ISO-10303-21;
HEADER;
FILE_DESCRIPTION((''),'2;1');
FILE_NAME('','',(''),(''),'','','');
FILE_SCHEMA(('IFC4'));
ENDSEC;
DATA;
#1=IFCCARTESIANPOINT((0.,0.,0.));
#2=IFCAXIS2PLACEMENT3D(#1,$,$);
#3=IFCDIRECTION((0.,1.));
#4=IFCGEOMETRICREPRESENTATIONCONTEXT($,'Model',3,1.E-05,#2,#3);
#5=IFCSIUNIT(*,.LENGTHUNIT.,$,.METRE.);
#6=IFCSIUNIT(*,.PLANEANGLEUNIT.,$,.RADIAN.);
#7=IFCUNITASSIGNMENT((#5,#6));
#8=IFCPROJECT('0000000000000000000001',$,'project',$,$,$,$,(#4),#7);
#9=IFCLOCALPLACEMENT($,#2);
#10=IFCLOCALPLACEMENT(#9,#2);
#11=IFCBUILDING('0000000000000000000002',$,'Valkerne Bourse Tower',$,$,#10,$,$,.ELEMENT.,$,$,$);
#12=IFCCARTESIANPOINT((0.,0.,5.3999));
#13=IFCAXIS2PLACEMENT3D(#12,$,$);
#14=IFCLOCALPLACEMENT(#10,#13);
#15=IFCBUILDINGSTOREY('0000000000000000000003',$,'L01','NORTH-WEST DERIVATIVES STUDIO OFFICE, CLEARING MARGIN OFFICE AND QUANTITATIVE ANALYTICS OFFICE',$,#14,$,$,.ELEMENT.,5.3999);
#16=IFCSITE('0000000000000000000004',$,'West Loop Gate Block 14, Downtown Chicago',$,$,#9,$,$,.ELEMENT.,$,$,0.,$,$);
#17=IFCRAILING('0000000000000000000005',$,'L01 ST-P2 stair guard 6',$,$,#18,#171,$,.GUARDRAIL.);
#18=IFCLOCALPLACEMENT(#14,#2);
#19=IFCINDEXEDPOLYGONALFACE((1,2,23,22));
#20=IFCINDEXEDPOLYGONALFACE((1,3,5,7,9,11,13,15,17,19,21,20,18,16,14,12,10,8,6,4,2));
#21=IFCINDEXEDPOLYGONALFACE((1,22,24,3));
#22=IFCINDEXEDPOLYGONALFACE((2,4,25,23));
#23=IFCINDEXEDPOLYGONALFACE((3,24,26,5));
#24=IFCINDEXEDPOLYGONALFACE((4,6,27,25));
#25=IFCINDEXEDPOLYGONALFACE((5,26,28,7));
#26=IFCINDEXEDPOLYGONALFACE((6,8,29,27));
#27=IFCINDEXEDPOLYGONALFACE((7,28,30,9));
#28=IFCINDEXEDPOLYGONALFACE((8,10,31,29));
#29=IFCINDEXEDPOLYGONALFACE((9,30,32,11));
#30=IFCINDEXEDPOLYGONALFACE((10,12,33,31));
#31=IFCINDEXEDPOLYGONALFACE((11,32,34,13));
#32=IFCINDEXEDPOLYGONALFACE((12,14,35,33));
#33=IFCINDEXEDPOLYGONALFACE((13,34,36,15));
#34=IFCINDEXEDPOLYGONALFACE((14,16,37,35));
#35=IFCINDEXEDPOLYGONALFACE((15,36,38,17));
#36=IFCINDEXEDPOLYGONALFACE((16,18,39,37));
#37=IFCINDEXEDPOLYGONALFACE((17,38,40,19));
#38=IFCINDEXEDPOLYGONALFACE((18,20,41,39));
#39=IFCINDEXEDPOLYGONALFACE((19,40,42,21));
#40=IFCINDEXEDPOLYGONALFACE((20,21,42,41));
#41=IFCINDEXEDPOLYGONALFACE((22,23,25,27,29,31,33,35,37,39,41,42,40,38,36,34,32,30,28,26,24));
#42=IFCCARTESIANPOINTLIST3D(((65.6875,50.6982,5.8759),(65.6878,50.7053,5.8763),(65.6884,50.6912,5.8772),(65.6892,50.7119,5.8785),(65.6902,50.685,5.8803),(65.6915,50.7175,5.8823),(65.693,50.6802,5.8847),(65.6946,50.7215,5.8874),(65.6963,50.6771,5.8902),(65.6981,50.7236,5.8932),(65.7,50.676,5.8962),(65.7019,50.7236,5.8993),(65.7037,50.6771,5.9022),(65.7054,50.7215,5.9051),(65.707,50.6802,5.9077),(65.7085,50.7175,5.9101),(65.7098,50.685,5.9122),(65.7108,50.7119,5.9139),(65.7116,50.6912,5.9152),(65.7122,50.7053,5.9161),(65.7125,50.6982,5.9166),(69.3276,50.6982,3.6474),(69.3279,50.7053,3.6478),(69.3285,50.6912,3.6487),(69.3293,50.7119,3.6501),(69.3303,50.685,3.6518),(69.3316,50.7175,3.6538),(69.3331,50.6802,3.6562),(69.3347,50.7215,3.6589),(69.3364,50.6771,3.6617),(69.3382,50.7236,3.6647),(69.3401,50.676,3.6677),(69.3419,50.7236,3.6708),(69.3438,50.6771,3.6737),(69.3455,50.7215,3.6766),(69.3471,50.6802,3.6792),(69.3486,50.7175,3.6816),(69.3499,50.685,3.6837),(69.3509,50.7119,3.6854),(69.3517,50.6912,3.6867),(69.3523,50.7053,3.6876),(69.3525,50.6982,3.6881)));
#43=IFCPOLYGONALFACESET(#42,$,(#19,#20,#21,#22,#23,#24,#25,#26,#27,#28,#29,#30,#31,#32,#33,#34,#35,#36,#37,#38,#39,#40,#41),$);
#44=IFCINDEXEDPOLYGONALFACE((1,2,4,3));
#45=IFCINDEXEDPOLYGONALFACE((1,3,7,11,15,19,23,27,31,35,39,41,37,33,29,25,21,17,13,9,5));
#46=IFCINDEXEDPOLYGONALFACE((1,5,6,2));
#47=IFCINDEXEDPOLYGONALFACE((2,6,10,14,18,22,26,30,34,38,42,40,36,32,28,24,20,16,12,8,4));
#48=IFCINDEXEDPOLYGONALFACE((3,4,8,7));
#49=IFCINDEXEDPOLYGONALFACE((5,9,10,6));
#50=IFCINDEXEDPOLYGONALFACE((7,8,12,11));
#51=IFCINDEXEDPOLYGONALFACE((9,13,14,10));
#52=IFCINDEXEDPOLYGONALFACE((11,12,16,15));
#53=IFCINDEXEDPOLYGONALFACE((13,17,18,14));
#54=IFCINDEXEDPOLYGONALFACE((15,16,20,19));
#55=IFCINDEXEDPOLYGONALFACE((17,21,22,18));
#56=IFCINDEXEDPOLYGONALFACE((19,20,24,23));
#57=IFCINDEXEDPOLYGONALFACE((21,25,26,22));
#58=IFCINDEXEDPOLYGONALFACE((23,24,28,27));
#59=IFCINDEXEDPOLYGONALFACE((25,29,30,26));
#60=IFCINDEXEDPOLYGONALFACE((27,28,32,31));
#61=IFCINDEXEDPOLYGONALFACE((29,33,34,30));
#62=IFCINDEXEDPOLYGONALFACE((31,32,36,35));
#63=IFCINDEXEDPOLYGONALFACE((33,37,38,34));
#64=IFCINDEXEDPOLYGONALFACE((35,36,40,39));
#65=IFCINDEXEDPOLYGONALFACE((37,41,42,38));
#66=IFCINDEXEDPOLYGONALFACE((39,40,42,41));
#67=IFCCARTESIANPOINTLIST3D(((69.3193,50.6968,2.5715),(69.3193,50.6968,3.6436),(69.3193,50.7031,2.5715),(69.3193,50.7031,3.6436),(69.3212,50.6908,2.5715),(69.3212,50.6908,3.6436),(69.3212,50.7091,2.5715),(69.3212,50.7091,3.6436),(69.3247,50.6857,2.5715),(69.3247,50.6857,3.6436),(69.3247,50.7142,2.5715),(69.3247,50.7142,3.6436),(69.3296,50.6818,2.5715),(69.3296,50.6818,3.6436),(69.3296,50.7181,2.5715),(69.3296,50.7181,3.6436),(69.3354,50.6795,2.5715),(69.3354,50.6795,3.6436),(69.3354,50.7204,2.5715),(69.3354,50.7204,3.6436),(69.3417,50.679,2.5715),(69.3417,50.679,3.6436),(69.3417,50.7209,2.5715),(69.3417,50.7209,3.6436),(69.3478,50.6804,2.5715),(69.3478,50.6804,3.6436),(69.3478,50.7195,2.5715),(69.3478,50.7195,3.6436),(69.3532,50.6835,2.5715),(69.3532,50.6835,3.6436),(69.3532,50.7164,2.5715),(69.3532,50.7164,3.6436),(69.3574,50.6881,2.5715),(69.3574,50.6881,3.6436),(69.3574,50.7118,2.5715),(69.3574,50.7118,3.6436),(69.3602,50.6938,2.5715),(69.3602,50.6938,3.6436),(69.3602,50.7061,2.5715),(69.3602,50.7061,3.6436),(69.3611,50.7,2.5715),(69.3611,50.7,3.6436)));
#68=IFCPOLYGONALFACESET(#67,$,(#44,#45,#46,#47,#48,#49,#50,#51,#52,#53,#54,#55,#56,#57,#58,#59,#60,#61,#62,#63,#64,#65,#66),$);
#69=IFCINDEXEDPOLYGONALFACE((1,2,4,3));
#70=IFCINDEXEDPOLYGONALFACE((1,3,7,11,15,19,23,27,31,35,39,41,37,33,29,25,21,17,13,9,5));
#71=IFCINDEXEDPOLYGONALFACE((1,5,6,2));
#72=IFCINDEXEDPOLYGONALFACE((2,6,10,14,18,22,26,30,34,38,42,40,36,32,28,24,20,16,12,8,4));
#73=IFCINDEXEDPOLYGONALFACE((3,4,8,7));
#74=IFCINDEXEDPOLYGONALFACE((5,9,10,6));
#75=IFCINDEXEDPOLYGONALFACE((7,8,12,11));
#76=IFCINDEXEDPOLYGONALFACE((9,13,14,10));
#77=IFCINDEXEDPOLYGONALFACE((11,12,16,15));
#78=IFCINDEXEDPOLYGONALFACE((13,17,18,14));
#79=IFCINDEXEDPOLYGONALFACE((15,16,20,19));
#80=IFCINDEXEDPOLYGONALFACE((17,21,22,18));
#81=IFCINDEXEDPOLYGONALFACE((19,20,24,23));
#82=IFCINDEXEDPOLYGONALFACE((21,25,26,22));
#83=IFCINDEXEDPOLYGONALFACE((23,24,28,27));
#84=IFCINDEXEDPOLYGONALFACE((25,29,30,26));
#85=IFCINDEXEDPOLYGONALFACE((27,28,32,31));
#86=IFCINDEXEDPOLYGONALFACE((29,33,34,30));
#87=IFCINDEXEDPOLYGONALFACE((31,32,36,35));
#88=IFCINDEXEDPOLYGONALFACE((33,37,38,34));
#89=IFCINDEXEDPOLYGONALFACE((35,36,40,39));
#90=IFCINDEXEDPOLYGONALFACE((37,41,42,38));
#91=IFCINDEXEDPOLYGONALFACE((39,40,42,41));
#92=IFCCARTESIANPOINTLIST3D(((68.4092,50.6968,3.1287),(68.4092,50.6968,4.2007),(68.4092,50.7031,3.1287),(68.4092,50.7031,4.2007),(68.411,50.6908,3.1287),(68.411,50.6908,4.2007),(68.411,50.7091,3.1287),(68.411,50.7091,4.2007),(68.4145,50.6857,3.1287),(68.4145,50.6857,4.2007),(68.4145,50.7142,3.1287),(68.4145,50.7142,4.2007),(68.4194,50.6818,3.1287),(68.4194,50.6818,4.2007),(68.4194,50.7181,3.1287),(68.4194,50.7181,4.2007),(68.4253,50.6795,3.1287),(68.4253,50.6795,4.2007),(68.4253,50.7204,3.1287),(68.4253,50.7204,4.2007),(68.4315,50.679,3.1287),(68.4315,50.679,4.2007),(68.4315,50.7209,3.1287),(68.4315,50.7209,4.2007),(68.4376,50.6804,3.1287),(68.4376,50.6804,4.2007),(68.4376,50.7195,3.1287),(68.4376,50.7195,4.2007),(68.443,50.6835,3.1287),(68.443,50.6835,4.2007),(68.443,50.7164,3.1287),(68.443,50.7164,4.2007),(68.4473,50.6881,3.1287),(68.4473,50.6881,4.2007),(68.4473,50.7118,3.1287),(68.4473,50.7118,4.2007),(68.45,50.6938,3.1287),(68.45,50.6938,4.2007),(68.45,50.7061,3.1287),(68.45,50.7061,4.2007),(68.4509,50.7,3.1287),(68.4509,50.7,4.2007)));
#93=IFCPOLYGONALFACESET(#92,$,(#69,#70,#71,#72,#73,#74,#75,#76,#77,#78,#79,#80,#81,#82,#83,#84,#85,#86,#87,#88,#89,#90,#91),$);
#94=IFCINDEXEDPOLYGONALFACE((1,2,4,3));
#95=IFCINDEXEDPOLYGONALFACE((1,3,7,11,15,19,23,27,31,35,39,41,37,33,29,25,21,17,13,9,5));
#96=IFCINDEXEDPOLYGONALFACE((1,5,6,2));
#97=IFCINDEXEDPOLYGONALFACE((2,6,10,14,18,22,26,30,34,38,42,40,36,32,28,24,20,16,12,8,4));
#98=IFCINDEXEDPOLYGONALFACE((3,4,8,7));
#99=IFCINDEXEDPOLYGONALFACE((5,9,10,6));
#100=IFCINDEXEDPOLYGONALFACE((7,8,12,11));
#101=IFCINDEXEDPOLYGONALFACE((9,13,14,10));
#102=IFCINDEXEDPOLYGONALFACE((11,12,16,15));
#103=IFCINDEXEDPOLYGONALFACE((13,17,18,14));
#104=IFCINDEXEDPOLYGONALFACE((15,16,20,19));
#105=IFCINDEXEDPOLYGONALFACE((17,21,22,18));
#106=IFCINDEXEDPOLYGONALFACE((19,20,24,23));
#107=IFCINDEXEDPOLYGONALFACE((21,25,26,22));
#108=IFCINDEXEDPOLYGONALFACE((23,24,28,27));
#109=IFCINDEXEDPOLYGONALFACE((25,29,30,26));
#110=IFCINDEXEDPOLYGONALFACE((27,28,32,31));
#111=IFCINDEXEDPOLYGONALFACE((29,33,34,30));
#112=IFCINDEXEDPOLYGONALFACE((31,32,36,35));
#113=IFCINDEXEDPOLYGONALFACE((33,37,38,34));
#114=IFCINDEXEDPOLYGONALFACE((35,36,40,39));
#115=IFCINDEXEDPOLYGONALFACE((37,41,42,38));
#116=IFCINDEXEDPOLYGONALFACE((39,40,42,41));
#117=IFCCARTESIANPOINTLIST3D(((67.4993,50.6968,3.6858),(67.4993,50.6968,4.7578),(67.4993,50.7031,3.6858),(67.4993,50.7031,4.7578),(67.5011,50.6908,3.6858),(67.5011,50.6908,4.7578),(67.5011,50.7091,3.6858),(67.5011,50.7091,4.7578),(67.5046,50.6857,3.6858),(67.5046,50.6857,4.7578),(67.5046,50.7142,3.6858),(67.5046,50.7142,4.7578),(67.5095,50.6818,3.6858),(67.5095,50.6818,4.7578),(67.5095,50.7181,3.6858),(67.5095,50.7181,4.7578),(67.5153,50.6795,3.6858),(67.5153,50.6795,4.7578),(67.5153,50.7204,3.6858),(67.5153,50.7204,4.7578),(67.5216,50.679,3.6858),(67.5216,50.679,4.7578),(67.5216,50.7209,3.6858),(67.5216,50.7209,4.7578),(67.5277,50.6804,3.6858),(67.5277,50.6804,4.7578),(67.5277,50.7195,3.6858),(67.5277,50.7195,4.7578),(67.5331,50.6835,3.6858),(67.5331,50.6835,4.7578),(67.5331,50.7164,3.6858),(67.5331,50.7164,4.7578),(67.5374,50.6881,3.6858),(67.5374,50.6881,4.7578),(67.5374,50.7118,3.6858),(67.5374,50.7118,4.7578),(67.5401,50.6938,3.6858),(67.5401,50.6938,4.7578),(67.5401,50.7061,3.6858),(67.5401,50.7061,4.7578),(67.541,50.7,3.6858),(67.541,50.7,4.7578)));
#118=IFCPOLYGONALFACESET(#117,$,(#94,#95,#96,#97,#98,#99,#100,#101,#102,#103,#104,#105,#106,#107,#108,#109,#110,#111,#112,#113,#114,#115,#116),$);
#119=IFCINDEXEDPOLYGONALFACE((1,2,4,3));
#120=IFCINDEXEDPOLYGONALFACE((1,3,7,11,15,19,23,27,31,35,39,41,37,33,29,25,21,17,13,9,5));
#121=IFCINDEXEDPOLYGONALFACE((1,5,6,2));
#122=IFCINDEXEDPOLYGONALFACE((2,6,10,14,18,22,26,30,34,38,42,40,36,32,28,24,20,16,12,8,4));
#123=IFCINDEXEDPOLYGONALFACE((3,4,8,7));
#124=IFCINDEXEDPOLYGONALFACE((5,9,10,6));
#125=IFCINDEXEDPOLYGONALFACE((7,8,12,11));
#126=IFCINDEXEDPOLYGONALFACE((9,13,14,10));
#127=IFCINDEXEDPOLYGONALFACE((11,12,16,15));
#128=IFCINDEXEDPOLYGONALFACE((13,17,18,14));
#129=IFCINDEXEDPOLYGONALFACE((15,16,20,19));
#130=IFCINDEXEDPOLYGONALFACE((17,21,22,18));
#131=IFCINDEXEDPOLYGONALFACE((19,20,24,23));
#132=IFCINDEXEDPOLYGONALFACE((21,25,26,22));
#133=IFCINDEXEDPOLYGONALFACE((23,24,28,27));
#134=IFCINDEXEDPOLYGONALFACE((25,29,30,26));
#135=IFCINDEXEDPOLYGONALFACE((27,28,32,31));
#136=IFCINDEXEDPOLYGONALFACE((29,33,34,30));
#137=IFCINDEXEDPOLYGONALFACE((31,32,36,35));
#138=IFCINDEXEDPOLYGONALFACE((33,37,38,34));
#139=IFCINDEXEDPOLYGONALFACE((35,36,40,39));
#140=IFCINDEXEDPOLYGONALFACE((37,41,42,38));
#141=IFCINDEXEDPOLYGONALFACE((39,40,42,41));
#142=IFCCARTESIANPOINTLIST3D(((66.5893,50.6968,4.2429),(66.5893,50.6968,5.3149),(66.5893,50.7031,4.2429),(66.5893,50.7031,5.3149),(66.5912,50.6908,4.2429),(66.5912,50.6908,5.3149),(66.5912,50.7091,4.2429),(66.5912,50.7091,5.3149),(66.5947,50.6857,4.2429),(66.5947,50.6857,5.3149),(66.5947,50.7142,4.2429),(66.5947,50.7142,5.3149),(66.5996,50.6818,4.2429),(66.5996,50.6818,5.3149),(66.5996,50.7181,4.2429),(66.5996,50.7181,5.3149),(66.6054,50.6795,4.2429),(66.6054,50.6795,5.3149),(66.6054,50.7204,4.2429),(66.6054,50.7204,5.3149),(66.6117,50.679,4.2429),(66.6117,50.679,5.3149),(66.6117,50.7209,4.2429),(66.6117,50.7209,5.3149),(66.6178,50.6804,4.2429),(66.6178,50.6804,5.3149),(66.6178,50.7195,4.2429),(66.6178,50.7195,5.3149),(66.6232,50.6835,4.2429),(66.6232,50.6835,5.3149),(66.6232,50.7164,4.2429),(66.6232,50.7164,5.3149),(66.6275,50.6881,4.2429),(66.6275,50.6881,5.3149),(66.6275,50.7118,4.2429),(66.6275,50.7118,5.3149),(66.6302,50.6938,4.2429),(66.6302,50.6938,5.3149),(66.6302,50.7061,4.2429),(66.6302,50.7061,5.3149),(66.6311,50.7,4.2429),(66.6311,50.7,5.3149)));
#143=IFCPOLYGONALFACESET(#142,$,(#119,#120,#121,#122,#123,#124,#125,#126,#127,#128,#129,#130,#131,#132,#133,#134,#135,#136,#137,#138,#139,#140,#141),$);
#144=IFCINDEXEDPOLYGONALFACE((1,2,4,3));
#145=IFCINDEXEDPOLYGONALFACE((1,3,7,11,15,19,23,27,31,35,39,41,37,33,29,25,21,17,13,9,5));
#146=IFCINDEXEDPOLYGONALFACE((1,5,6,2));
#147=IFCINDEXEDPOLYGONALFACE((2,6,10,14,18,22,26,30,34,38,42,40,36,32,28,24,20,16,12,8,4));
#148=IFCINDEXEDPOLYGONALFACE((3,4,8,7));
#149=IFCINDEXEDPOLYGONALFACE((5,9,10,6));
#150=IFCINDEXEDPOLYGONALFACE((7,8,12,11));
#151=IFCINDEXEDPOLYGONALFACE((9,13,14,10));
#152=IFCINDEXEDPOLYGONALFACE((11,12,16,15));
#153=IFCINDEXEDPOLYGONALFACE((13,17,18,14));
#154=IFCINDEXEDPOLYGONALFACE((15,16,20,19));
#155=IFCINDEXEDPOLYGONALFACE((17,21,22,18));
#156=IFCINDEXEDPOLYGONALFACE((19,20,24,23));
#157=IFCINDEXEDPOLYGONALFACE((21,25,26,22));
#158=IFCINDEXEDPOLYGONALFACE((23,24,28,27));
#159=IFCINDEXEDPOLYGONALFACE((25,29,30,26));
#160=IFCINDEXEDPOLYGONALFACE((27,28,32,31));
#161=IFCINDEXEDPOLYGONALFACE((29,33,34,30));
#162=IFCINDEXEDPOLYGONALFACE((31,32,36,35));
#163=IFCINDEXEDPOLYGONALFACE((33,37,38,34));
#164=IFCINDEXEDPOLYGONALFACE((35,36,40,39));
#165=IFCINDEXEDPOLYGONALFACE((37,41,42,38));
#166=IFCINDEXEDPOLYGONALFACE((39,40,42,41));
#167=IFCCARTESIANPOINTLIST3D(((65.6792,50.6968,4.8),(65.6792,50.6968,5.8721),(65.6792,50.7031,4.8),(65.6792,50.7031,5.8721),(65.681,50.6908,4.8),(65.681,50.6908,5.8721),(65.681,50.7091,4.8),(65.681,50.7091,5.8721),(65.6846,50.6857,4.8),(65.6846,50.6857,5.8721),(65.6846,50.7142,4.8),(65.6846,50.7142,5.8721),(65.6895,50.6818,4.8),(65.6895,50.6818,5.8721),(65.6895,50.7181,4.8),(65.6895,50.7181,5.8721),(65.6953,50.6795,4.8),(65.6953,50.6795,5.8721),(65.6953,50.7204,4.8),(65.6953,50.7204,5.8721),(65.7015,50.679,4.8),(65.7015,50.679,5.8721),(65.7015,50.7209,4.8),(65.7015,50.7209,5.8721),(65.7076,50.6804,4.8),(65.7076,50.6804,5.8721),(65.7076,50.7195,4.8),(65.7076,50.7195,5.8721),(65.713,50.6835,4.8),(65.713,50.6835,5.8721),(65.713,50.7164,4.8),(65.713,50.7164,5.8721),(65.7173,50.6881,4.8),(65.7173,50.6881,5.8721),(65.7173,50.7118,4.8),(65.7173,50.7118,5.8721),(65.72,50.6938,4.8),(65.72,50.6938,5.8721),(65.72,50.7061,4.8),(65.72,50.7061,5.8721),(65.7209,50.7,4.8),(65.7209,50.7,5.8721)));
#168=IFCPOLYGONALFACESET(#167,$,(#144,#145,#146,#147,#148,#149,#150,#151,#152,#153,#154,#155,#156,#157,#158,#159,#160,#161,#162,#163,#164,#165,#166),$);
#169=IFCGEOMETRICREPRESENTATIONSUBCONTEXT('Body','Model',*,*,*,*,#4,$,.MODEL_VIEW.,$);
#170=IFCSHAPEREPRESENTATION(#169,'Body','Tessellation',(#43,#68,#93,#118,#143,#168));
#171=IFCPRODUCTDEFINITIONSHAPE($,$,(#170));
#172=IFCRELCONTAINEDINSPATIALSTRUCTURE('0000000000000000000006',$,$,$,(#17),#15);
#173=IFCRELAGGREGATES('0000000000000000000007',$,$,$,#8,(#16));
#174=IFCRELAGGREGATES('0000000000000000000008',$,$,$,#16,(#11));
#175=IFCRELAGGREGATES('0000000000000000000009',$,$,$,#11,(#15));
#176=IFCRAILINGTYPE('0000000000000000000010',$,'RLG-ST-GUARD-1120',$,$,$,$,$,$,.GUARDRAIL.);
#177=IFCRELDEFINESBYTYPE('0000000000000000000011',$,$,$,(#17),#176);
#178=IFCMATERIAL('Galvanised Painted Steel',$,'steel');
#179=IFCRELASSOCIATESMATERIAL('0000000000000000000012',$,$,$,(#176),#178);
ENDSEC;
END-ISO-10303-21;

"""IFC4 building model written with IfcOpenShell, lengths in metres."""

from ifc_helpers import new_model, si_unit, direction, frame, origin, origin_2d, place, context, subcontext, project, spatial, circle, extrude, material, type_object, element, save


model = new_model("IFC4")

# Units and contexts
model_context = context("Model", 3, precision=1e-05, world=origin(), true_north=direction((0.0, 1.0)))
body_context = subcontext(model_context, "Body", "Model", "MODEL_VIEW")
ifc_project = project(units=[si_unit("LENGTHUNIT", "METRE"), si_unit("PLANEANGLEUNIT", "RADIAN")], contexts=[model_context])

# Site, building, storey
site_placement = place(None, origin())
site = spatial("IfcSite", under=ifc_project, at=site_placement, Name="West Loop Gate Block 14, Downtown Chicago", CompositionType="ELEMENT", RefElevation=0.0)
building_placement = place(site_placement, origin())
building = spatial("IfcBuilding", under=site, at=building_placement, Name="Valkerne Bourse Tower", CompositionType="ELEMENT")
storey_placement = place(building_placement, frame((0.0, 0.0, 5.3999)))
storey = spatial("IfcBuildingStorey", under=building, at=storey_placement, Name="L01", Description="NORTH-WEST DERIVATIVES STUDIO OFFICE, CLEARING MARGIN OFFICE AND QUANTITATIVE ANALYTICS OFFICE", CompositionType="ELEMENT", Elevation=5.3999)

# Railing
ifc_material_1 = material(Name="Galvanised Painted Steel", Category="steel")
railing_type_1 = type_object("IfcRailingType", Name="RLG-ST-GUARD-1120", PredefinedType="GUARDRAIL", material=ifc_material_1)
railing_1_placement = place(storey_placement, frame((69.3401, 50.7, 2.5715)))
element("IfcRailing", 1, at=railing_1_placement, inside=storey, type_object=railing_type_1, Name="L01 ST-P2 stair guard 6", PredefinedType="GUARDRAIL", context=body_context, shape_type="SweptSolid", body=[
    extrude(circle(Radius=0.0239, at=origin_2d()), frame((0.0, 0.0, 1.0962), z_axis=(-0.852866, 0.0, 0.52213), x_axis=(0.0, -1.0, 0.0)), (0.0, 0.0, 1.0), 4.2681),
    extrude(circle(Radius=0.021, at=origin_2d()), origin(), (0.0, 0.0, 1.0), 1.072),
    extrude(circle(Radius=0.021, at=origin_2d()), frame((-0.9102, 0.0, 0.5571)), (0.0, 0.0, 1.0), 1.072),
    extrude(circle(Radius=0.021, at=origin_2d()), frame((-1.8201, 0.0, 1.1143)), (0.0, 0.0, 1.0), 1.072),
    extrude(circle(Radius=0.021, at=origin_2d()), frame((-2.73, 0.0, 1.6714)), (0.0, 0.0, 1.0), 1.072),
    extrude(circle(Radius=0.021, at=origin_2d()), frame((-3.6401, 0.0, 2.2285)), (0.0, 0.0, 1.0), 1.072),
])

save(model, "model.ifc")
